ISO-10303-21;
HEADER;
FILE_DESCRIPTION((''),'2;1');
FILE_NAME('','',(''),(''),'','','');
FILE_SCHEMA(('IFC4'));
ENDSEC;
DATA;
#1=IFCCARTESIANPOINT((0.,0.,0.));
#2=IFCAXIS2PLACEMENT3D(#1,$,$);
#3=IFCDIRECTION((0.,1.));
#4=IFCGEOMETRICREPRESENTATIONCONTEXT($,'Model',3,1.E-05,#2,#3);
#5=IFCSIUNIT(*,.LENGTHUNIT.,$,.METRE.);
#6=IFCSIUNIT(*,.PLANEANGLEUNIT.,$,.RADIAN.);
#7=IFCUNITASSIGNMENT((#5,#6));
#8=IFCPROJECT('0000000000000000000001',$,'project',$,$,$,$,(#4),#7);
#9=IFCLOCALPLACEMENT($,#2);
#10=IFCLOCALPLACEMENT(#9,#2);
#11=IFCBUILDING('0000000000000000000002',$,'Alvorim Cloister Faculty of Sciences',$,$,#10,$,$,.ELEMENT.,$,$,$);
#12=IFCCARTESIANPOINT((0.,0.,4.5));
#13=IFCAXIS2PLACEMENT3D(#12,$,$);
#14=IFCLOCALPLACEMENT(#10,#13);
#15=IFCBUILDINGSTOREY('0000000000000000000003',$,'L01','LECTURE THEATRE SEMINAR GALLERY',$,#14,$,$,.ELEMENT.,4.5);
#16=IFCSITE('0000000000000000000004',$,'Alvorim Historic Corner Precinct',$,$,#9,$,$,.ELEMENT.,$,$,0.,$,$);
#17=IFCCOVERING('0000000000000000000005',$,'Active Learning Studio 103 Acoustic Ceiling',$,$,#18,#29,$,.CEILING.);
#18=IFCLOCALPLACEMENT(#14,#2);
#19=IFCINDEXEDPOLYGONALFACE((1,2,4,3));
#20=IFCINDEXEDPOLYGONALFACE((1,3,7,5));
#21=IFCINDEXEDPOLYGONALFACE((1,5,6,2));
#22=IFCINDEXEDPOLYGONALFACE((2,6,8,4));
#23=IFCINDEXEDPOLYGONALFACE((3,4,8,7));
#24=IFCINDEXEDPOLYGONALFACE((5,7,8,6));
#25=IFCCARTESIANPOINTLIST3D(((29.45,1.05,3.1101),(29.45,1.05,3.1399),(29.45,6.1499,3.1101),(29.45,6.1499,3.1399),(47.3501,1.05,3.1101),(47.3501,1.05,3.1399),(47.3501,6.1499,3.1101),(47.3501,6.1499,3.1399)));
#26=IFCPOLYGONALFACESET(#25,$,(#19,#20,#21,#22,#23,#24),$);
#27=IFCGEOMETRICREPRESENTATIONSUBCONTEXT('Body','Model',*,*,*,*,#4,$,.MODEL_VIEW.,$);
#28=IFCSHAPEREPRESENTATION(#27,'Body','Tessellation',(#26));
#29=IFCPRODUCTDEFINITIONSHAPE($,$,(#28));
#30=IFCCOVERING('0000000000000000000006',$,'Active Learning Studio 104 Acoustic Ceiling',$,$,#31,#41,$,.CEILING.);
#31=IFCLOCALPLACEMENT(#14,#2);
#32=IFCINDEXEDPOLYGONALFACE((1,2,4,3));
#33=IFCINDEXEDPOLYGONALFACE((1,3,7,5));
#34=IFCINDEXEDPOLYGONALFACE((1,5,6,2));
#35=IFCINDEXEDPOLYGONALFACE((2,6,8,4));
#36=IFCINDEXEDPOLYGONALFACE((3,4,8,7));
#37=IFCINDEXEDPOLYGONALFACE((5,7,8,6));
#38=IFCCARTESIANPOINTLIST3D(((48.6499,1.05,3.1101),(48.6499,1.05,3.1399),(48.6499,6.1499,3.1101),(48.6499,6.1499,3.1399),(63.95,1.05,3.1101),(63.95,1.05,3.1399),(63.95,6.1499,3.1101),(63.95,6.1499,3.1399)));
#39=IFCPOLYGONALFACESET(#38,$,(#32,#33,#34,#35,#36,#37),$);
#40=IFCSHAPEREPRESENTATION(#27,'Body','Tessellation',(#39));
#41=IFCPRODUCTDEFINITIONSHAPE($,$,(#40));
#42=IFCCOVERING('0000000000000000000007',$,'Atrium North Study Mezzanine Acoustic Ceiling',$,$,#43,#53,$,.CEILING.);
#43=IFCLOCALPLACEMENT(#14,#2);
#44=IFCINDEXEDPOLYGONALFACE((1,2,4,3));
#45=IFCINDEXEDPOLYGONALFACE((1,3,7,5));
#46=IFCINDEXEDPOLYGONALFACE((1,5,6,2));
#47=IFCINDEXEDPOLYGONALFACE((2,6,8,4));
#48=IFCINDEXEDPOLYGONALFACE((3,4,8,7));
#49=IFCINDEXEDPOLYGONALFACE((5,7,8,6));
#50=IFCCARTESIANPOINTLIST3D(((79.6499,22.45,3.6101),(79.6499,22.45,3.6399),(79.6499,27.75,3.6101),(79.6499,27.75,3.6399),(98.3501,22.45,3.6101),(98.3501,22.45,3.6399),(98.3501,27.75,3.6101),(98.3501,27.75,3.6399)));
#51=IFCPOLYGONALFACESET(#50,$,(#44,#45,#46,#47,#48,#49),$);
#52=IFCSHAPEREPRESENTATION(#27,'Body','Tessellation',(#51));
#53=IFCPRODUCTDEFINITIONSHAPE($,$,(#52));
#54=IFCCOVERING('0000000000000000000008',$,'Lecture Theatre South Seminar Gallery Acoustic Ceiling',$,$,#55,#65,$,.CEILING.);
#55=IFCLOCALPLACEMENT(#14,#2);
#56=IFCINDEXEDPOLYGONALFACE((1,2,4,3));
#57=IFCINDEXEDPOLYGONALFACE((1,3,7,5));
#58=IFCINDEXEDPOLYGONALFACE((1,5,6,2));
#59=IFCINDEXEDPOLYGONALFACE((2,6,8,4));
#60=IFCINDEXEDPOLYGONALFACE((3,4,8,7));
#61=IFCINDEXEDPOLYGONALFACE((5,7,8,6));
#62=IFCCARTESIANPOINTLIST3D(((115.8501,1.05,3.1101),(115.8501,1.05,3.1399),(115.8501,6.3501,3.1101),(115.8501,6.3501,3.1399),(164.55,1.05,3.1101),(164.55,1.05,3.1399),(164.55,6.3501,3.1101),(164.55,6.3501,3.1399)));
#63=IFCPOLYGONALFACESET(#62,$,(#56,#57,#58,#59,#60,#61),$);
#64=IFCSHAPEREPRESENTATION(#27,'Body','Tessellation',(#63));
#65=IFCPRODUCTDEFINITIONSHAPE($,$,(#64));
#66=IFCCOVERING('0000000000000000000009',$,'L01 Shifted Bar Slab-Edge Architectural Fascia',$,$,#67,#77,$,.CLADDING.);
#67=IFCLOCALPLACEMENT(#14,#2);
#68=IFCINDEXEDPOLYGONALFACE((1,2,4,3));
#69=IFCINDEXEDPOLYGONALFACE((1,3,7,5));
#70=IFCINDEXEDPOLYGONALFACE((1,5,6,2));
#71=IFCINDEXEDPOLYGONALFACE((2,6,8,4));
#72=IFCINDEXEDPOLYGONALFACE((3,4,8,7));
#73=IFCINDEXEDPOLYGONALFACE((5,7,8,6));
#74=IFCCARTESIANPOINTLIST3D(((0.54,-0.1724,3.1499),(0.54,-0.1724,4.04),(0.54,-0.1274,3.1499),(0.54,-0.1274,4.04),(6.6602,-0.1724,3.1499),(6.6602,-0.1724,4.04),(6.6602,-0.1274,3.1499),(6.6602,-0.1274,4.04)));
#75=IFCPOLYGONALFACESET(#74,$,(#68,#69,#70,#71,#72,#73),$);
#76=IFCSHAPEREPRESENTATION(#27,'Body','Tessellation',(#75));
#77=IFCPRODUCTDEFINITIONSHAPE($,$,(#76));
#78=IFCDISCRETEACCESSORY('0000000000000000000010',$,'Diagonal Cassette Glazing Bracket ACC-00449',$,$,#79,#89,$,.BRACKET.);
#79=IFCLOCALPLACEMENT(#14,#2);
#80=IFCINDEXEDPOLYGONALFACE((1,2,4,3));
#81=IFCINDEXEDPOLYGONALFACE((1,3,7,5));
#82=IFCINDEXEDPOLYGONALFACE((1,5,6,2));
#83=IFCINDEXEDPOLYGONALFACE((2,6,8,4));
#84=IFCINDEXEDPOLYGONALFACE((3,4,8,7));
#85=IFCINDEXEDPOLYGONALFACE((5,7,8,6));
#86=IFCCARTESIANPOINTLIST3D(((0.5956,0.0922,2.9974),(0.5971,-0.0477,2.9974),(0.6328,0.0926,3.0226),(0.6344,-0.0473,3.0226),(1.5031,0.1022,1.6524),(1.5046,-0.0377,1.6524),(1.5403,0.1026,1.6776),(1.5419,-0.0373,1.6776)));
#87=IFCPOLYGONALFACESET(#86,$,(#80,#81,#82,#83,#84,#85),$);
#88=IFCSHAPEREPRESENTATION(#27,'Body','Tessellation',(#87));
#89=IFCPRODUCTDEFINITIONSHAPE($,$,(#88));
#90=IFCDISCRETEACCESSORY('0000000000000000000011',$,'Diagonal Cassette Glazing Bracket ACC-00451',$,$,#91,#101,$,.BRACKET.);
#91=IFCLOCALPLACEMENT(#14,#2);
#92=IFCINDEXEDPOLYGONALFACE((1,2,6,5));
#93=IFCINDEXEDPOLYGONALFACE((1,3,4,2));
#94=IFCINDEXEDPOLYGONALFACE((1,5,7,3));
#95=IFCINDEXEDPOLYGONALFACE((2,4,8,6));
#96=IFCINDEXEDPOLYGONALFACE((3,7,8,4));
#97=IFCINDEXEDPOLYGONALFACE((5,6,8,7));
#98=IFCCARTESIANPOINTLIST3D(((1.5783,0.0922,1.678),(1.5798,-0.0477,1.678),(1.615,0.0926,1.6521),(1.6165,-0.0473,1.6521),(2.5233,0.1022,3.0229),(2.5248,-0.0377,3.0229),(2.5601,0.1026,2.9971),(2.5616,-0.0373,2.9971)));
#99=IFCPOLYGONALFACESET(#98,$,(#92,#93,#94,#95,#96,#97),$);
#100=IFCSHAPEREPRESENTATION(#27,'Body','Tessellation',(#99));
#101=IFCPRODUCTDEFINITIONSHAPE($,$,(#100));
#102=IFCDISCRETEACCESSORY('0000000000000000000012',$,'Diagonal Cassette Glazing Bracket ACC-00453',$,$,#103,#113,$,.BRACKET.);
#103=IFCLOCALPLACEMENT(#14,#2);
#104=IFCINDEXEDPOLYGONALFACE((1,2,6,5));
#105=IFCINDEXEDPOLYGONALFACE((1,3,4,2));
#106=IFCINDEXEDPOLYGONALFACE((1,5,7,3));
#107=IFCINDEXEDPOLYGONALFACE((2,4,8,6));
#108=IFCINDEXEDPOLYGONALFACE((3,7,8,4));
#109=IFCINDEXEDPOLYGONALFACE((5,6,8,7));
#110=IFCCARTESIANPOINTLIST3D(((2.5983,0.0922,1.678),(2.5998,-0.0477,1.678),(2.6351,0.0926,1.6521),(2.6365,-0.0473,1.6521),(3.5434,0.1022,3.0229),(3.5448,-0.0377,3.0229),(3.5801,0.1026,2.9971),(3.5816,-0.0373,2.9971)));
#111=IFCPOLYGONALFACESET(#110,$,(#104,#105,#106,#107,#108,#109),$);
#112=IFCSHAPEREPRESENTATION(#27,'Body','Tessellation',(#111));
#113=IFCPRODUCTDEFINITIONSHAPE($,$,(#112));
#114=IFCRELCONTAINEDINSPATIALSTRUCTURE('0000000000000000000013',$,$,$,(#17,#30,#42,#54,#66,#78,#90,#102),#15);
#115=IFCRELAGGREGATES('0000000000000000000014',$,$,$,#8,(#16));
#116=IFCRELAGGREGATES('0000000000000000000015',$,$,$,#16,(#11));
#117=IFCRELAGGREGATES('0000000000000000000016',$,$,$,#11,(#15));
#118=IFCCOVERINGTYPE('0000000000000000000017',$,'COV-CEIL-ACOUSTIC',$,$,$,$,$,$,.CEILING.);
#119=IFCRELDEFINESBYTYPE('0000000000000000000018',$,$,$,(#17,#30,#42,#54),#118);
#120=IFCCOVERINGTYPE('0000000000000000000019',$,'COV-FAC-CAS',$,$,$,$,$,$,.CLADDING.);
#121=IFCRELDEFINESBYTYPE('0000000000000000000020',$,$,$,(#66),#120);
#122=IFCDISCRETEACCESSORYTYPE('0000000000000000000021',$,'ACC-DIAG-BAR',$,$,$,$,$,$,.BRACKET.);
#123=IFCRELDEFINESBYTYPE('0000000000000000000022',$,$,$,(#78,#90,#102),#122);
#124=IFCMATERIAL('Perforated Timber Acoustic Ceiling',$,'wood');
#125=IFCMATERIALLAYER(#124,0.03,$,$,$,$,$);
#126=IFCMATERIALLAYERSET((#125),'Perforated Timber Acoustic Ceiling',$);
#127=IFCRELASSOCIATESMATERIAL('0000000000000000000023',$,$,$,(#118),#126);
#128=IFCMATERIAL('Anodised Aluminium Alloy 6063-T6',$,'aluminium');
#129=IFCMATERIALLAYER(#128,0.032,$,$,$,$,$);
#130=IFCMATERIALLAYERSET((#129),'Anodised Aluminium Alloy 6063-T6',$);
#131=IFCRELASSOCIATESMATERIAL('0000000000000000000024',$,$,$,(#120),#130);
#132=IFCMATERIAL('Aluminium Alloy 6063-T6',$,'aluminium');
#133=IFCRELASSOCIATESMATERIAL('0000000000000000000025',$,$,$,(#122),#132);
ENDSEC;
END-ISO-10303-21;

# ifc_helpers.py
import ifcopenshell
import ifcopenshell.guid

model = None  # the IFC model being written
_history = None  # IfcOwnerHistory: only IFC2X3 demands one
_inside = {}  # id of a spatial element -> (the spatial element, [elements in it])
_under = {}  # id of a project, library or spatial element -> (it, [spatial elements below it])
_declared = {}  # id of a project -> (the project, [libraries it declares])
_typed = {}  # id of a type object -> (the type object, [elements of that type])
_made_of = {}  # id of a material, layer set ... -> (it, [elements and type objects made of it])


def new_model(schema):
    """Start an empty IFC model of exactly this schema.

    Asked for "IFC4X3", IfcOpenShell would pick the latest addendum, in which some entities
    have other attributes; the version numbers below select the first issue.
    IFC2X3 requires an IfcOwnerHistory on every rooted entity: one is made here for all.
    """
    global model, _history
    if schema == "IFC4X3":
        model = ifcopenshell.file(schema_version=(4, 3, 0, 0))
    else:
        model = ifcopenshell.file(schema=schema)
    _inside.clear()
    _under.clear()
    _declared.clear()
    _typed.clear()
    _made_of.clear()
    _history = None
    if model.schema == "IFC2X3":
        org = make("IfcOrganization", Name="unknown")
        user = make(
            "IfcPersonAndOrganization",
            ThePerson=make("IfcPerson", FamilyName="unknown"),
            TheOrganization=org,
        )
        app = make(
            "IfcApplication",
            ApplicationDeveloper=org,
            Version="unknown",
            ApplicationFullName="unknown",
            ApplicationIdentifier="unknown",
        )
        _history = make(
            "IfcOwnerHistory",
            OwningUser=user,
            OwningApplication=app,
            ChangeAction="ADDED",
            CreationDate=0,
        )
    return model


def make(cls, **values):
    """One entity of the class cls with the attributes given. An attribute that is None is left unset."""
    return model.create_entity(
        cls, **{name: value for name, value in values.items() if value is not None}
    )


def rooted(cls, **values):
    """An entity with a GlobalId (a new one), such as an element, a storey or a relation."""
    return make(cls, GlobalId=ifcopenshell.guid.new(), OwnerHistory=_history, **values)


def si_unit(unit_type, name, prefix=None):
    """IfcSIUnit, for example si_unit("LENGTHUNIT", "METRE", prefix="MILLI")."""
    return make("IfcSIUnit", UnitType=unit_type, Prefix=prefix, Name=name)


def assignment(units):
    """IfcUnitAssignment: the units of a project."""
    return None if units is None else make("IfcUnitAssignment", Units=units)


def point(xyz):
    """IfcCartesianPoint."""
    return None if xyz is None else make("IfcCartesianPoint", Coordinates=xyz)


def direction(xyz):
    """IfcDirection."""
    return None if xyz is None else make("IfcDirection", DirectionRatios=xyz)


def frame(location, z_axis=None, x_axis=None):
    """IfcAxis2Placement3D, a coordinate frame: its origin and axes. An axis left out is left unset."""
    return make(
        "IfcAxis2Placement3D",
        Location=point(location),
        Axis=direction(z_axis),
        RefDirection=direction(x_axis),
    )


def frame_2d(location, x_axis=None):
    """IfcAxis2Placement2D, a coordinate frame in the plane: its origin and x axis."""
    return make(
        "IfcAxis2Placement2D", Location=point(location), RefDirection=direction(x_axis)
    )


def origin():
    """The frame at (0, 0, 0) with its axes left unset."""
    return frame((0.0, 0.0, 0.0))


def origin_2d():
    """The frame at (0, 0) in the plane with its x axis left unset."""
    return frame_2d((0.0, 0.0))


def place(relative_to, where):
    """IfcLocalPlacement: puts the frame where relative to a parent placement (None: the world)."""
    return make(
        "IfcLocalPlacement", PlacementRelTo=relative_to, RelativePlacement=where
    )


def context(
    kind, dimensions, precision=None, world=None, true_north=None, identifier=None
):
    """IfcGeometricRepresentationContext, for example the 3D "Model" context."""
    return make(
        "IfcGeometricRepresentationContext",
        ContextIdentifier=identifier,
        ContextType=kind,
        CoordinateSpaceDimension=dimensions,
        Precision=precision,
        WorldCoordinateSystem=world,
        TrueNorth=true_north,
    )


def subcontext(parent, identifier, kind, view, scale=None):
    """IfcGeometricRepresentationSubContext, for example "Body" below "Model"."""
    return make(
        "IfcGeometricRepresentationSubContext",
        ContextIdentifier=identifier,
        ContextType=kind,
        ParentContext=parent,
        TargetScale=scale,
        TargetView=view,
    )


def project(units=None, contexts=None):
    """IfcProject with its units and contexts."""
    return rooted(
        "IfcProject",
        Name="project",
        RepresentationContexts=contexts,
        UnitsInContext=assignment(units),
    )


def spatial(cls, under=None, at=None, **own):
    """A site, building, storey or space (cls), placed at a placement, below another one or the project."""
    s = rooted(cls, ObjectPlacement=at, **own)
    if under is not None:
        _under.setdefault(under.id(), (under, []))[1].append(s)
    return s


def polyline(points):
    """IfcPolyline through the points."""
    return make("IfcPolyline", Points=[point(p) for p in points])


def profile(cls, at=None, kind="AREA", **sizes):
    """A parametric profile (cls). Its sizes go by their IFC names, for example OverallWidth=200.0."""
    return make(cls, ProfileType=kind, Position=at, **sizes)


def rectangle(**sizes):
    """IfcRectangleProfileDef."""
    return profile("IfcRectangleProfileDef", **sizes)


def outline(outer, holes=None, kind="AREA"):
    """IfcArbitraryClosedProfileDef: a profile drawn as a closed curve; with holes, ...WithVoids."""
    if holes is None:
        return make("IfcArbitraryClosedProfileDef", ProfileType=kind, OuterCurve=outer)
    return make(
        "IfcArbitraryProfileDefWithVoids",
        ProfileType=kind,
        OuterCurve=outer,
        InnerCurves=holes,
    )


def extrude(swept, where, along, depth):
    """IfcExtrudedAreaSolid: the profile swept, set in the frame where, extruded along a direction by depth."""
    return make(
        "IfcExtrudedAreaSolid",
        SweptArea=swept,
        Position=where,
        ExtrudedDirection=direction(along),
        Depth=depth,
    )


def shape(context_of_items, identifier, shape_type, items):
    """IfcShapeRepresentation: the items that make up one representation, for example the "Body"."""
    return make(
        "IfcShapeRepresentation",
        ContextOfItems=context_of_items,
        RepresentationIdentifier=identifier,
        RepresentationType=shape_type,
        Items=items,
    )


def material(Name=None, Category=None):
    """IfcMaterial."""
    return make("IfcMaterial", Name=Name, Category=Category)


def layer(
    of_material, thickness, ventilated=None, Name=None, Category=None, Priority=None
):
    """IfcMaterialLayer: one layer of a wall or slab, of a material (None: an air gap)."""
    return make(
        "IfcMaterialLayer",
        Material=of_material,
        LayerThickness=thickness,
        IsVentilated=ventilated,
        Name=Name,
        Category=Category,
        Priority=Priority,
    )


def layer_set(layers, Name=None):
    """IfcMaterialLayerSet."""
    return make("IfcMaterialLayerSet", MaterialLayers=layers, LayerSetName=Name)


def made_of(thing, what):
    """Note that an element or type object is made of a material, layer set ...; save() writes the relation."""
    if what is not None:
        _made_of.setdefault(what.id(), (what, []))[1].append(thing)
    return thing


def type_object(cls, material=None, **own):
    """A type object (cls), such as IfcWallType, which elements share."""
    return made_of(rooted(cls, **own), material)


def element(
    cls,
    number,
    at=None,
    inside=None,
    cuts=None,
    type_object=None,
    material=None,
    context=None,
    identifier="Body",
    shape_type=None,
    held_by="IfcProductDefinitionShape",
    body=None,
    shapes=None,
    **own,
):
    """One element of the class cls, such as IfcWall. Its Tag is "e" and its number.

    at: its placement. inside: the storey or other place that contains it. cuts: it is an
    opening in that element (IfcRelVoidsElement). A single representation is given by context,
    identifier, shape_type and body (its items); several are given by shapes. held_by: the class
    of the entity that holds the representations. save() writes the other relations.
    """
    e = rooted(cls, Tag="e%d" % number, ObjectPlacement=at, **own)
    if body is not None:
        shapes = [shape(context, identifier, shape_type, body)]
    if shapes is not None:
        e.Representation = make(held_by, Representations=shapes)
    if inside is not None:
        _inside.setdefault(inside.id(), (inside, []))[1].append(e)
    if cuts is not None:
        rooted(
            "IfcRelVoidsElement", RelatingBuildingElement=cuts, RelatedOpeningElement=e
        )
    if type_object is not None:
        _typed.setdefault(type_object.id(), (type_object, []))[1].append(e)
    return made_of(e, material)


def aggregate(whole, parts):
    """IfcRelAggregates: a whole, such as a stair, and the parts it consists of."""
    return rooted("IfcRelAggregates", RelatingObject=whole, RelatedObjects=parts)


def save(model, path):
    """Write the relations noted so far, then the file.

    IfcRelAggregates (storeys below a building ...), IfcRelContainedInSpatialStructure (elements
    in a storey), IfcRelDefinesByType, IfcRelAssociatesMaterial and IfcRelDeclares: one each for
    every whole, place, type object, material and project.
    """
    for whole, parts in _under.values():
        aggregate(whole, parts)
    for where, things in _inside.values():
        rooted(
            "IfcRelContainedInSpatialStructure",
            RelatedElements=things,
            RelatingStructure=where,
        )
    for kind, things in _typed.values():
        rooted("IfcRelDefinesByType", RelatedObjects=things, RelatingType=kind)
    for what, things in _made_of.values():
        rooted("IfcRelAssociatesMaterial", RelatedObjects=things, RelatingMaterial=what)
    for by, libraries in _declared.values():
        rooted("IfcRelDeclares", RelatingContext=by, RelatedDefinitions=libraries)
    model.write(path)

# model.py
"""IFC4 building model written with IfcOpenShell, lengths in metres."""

from ifc_helpers import new_model, si_unit, direction, frame, origin, origin_2d, place, context, subcontext, project, spatial, polyline, rectangle, outline, extrude, material, layer, layer_set, type_object, element, save


model = new_model("IFC4")

# Units and contexts
model_context = context("Model", 3, precision=1e-05, world=origin(), true_north=direction((0.0, 1.0)))
body_context = subcontext(model_context, "Body", "Model", "MODEL_VIEW")
ifc_project = project(units=[si_unit("LENGTHUNIT", "METRE"), si_unit("PLANEANGLEUNIT", "RADIAN")], contexts=[model_context])

# Site, building, storey
site_placement = place(None, origin())
site = spatial("IfcSite", under=ifc_project, at=site_placement, Name="Alvorim Historic Corner Precinct", CompositionType="ELEMENT", RefElevation=0.0)
building_placement = place(site_placement, origin())
building = spatial("IfcBuilding", under=site, at=building_placement, Name="Alvorim Cloister Faculty of Sciences", CompositionType="ELEMENT")
storey_placement = place(building_placement, frame((0.0, 0.0, 4.5)))
storey = spatial("IfcBuildingStorey", under=building, at=storey_placement, Name="L01", Description="LECTURE THEATRE SEMINAR GALLERY", CompositionType="ELEMENT", Elevation=4.5)

# Shared definitions
ifc_material_1 = material(Name="Aluminium Alloy 6063-T6", Category="aluminium")

# Coverings
ifc_material_2 = material(Name="Perforated Timber Acoustic Ceiling", Category="wood")
ifc_layer_1 = layer(ifc_material_2, 0.03)
ifc_layer_set_1 = layer_set([ifc_layer_1], Name="Perforated Timber Acoustic Ceiling")
covering_type_1 = type_object("IfcCoveringType", Name="COV-CEIL-ACOUSTIC", PredefinedType="CEILING", material=ifc_layer_set_1)
covering_1_placement = place(storey_placement, frame((0.0, 0.0, 3.1101)))
element("IfcCovering", 1, at=covering_1_placement, inside=storey, type_object=covering_type_1, Name="Active Learning Studio 103 Acoustic Ceiling", PredefinedType="CEILING", context=body_context, shape_type="SweptSolid", body=[
    extrude(outline(polyline([(29.45, 1.05), (47.3501, 1.05), (47.3501, 6.1499), (29.45, 6.1499), (29.45, 1.05)])), origin(), (0.0, 0.0, 1.0), 0.0298),
])
covering_2_placement = place(storey_placement, frame((0.0, 0.0, 3.1101)))
element("IfcCovering", 2, at=covering_2_placement, inside=storey, type_object=covering_type_1, Name="Active Learning Studio 104 Acoustic Ceiling", PredefinedType="CEILING", context=body_context, shape_type="SweptSolid", body=[
    extrude(outline(polyline([(48.6499, 1.05), (63.95, 1.05), (63.95, 6.1499), (48.6499, 6.1499), (48.6499, 1.05)])), origin(), (0.0, 0.0, 1.0), 0.0298),
])
covering_3_placement = place(storey_placement, frame((0.0, 0.0, 3.6101)))
element("IfcCovering", 3, at=covering_3_placement, inside=storey, type_object=covering_type_1, Name="Atrium North Study Mezzanine Acoustic Ceiling", PredefinedType="CEILING", context=body_context, shape_type="SweptSolid", body=[
    extrude(outline(polyline([(79.6499, 22.45), (98.3501, 22.45), (98.3501, 27.75), (79.6499, 27.75), (79.6499, 22.45)])), origin(), (0.0, 0.0, 1.0), 0.0298),
])
covering_4_placement = place(storey_placement, frame((0.0, 0.0, 3.1101)))
element("IfcCovering", 4, at=covering_4_placement, inside=storey, type_object=covering_type_1, Name="Lecture Theatre South Seminar Gallery Acoustic Ceiling", PredefinedType="CEILING", context=body_context, shape_type="SweptSolid", body=[
    extrude(outline(polyline([(115.8501, 1.05), (164.55, 1.05), (164.55, 6.3501), (115.8501, 6.3501), (115.8501, 1.05)])), origin(), (0.0, 0.0, 1.0), 0.0298),
])
ifc_material_3 = material(Name="Anodised Aluminium Alloy 6063-T6", Category="aluminium")
ifc_layer_2 = layer(ifc_material_3, 0.032)
ifc_layer_set_2 = layer_set([ifc_layer_2], Name="Anodised Aluminium Alloy 6063-T6")
covering_type_2 = type_object("IfcCoveringType", Name="COV-FAC-CAS", PredefinedType="CLADDING", material=ifc_layer_set_2)
covering_5_placement = place(storey_placement, frame((0.54, -0.1499, 3.1499), z_axis=(0.0, 0.0, 1.0), x_axis=(1.0, 0.0, 0.0)))
element("IfcCovering", 5, at=covering_5_placement, inside=storey, type_object=covering_type_2, Name="L01 Shifted Bar Slab-Edge Architectural Fascia", PredefinedType="CLADDING", context=body_context, shape_type="SweptSolid", body=[
    extrude(outline(polyline([(0.0, 0.0), (6.1201, 0.0), (6.1201, 0.8901), (0.0, 0.8901), (0.0, 0.0)])), frame((0.0, 0.0225, 0.0), z_axis=(0.0, -1.0, 0.0), x_axis=(1.0, 0.0, 0.0)), (0.0, 0.0, 1.0), 0.0449),
])

# Discrete accessories
discrete_accessory_type = type_object("IfcDiscreteAccessoryType", Name="ACC-DIAG-BAR", PredefinedType="BRACKET", material=ifc_material_1)
discrete_accessory_placement = place(storey_placement, frame((0.615, 0.0225, 3.01), z_axis=(0.559299, 0.006169, -0.828943), x_axis=(-0.01103, 0.999939, 0.0)))
element("IfcDiscreteAccessory", 6, at=discrete_accessory_placement, inside=storey, type_object=discrete_accessory_type, Name="Diagonal Cassette Glazing Bracket ACC-00449", PredefinedType="BRACKET", context=body_context, shape_type="SweptSolid", body=[
    extrude(rectangle(XDim=0.1399, YDim=0.0449, at=origin_2d()), origin(), (0.0, 0.0, 1.0), 1.6226),
])
for number, where, z_axis, x_axis, name in (
    (7, (1.5974, 0.0225, 1.665), (0.574916, 0.006089, 0.81819), (-0.010591, 0.999944, 0.0), "Diagonal Cassette Glazing Bracket ACC-00451"),
    (8, (2.6174, 0.0225, 1.665), (0.574916, 0.006089, 0.81819), (-0.010591, 0.999944, 0.0), "Diagonal Cassette Glazing Bracket ACC-00453"),
):
    element("IfcDiscreteAccessory", number, at=place(storey_placement, frame(where, z_axis=z_axis, x_axis=x_axis)), inside=storey, type_object=discrete_accessory_type, Name=name, PredefinedType="BRACKET", context=body_context, shape_type="SweptSolid", body=[
        extrude(rectangle(XDim=0.1399, YDim=0.0449, at=origin_2d()), origin(), (0.0, 0.0, 1.0), 1.6438),
    ])

save(model, "model.ifc")
